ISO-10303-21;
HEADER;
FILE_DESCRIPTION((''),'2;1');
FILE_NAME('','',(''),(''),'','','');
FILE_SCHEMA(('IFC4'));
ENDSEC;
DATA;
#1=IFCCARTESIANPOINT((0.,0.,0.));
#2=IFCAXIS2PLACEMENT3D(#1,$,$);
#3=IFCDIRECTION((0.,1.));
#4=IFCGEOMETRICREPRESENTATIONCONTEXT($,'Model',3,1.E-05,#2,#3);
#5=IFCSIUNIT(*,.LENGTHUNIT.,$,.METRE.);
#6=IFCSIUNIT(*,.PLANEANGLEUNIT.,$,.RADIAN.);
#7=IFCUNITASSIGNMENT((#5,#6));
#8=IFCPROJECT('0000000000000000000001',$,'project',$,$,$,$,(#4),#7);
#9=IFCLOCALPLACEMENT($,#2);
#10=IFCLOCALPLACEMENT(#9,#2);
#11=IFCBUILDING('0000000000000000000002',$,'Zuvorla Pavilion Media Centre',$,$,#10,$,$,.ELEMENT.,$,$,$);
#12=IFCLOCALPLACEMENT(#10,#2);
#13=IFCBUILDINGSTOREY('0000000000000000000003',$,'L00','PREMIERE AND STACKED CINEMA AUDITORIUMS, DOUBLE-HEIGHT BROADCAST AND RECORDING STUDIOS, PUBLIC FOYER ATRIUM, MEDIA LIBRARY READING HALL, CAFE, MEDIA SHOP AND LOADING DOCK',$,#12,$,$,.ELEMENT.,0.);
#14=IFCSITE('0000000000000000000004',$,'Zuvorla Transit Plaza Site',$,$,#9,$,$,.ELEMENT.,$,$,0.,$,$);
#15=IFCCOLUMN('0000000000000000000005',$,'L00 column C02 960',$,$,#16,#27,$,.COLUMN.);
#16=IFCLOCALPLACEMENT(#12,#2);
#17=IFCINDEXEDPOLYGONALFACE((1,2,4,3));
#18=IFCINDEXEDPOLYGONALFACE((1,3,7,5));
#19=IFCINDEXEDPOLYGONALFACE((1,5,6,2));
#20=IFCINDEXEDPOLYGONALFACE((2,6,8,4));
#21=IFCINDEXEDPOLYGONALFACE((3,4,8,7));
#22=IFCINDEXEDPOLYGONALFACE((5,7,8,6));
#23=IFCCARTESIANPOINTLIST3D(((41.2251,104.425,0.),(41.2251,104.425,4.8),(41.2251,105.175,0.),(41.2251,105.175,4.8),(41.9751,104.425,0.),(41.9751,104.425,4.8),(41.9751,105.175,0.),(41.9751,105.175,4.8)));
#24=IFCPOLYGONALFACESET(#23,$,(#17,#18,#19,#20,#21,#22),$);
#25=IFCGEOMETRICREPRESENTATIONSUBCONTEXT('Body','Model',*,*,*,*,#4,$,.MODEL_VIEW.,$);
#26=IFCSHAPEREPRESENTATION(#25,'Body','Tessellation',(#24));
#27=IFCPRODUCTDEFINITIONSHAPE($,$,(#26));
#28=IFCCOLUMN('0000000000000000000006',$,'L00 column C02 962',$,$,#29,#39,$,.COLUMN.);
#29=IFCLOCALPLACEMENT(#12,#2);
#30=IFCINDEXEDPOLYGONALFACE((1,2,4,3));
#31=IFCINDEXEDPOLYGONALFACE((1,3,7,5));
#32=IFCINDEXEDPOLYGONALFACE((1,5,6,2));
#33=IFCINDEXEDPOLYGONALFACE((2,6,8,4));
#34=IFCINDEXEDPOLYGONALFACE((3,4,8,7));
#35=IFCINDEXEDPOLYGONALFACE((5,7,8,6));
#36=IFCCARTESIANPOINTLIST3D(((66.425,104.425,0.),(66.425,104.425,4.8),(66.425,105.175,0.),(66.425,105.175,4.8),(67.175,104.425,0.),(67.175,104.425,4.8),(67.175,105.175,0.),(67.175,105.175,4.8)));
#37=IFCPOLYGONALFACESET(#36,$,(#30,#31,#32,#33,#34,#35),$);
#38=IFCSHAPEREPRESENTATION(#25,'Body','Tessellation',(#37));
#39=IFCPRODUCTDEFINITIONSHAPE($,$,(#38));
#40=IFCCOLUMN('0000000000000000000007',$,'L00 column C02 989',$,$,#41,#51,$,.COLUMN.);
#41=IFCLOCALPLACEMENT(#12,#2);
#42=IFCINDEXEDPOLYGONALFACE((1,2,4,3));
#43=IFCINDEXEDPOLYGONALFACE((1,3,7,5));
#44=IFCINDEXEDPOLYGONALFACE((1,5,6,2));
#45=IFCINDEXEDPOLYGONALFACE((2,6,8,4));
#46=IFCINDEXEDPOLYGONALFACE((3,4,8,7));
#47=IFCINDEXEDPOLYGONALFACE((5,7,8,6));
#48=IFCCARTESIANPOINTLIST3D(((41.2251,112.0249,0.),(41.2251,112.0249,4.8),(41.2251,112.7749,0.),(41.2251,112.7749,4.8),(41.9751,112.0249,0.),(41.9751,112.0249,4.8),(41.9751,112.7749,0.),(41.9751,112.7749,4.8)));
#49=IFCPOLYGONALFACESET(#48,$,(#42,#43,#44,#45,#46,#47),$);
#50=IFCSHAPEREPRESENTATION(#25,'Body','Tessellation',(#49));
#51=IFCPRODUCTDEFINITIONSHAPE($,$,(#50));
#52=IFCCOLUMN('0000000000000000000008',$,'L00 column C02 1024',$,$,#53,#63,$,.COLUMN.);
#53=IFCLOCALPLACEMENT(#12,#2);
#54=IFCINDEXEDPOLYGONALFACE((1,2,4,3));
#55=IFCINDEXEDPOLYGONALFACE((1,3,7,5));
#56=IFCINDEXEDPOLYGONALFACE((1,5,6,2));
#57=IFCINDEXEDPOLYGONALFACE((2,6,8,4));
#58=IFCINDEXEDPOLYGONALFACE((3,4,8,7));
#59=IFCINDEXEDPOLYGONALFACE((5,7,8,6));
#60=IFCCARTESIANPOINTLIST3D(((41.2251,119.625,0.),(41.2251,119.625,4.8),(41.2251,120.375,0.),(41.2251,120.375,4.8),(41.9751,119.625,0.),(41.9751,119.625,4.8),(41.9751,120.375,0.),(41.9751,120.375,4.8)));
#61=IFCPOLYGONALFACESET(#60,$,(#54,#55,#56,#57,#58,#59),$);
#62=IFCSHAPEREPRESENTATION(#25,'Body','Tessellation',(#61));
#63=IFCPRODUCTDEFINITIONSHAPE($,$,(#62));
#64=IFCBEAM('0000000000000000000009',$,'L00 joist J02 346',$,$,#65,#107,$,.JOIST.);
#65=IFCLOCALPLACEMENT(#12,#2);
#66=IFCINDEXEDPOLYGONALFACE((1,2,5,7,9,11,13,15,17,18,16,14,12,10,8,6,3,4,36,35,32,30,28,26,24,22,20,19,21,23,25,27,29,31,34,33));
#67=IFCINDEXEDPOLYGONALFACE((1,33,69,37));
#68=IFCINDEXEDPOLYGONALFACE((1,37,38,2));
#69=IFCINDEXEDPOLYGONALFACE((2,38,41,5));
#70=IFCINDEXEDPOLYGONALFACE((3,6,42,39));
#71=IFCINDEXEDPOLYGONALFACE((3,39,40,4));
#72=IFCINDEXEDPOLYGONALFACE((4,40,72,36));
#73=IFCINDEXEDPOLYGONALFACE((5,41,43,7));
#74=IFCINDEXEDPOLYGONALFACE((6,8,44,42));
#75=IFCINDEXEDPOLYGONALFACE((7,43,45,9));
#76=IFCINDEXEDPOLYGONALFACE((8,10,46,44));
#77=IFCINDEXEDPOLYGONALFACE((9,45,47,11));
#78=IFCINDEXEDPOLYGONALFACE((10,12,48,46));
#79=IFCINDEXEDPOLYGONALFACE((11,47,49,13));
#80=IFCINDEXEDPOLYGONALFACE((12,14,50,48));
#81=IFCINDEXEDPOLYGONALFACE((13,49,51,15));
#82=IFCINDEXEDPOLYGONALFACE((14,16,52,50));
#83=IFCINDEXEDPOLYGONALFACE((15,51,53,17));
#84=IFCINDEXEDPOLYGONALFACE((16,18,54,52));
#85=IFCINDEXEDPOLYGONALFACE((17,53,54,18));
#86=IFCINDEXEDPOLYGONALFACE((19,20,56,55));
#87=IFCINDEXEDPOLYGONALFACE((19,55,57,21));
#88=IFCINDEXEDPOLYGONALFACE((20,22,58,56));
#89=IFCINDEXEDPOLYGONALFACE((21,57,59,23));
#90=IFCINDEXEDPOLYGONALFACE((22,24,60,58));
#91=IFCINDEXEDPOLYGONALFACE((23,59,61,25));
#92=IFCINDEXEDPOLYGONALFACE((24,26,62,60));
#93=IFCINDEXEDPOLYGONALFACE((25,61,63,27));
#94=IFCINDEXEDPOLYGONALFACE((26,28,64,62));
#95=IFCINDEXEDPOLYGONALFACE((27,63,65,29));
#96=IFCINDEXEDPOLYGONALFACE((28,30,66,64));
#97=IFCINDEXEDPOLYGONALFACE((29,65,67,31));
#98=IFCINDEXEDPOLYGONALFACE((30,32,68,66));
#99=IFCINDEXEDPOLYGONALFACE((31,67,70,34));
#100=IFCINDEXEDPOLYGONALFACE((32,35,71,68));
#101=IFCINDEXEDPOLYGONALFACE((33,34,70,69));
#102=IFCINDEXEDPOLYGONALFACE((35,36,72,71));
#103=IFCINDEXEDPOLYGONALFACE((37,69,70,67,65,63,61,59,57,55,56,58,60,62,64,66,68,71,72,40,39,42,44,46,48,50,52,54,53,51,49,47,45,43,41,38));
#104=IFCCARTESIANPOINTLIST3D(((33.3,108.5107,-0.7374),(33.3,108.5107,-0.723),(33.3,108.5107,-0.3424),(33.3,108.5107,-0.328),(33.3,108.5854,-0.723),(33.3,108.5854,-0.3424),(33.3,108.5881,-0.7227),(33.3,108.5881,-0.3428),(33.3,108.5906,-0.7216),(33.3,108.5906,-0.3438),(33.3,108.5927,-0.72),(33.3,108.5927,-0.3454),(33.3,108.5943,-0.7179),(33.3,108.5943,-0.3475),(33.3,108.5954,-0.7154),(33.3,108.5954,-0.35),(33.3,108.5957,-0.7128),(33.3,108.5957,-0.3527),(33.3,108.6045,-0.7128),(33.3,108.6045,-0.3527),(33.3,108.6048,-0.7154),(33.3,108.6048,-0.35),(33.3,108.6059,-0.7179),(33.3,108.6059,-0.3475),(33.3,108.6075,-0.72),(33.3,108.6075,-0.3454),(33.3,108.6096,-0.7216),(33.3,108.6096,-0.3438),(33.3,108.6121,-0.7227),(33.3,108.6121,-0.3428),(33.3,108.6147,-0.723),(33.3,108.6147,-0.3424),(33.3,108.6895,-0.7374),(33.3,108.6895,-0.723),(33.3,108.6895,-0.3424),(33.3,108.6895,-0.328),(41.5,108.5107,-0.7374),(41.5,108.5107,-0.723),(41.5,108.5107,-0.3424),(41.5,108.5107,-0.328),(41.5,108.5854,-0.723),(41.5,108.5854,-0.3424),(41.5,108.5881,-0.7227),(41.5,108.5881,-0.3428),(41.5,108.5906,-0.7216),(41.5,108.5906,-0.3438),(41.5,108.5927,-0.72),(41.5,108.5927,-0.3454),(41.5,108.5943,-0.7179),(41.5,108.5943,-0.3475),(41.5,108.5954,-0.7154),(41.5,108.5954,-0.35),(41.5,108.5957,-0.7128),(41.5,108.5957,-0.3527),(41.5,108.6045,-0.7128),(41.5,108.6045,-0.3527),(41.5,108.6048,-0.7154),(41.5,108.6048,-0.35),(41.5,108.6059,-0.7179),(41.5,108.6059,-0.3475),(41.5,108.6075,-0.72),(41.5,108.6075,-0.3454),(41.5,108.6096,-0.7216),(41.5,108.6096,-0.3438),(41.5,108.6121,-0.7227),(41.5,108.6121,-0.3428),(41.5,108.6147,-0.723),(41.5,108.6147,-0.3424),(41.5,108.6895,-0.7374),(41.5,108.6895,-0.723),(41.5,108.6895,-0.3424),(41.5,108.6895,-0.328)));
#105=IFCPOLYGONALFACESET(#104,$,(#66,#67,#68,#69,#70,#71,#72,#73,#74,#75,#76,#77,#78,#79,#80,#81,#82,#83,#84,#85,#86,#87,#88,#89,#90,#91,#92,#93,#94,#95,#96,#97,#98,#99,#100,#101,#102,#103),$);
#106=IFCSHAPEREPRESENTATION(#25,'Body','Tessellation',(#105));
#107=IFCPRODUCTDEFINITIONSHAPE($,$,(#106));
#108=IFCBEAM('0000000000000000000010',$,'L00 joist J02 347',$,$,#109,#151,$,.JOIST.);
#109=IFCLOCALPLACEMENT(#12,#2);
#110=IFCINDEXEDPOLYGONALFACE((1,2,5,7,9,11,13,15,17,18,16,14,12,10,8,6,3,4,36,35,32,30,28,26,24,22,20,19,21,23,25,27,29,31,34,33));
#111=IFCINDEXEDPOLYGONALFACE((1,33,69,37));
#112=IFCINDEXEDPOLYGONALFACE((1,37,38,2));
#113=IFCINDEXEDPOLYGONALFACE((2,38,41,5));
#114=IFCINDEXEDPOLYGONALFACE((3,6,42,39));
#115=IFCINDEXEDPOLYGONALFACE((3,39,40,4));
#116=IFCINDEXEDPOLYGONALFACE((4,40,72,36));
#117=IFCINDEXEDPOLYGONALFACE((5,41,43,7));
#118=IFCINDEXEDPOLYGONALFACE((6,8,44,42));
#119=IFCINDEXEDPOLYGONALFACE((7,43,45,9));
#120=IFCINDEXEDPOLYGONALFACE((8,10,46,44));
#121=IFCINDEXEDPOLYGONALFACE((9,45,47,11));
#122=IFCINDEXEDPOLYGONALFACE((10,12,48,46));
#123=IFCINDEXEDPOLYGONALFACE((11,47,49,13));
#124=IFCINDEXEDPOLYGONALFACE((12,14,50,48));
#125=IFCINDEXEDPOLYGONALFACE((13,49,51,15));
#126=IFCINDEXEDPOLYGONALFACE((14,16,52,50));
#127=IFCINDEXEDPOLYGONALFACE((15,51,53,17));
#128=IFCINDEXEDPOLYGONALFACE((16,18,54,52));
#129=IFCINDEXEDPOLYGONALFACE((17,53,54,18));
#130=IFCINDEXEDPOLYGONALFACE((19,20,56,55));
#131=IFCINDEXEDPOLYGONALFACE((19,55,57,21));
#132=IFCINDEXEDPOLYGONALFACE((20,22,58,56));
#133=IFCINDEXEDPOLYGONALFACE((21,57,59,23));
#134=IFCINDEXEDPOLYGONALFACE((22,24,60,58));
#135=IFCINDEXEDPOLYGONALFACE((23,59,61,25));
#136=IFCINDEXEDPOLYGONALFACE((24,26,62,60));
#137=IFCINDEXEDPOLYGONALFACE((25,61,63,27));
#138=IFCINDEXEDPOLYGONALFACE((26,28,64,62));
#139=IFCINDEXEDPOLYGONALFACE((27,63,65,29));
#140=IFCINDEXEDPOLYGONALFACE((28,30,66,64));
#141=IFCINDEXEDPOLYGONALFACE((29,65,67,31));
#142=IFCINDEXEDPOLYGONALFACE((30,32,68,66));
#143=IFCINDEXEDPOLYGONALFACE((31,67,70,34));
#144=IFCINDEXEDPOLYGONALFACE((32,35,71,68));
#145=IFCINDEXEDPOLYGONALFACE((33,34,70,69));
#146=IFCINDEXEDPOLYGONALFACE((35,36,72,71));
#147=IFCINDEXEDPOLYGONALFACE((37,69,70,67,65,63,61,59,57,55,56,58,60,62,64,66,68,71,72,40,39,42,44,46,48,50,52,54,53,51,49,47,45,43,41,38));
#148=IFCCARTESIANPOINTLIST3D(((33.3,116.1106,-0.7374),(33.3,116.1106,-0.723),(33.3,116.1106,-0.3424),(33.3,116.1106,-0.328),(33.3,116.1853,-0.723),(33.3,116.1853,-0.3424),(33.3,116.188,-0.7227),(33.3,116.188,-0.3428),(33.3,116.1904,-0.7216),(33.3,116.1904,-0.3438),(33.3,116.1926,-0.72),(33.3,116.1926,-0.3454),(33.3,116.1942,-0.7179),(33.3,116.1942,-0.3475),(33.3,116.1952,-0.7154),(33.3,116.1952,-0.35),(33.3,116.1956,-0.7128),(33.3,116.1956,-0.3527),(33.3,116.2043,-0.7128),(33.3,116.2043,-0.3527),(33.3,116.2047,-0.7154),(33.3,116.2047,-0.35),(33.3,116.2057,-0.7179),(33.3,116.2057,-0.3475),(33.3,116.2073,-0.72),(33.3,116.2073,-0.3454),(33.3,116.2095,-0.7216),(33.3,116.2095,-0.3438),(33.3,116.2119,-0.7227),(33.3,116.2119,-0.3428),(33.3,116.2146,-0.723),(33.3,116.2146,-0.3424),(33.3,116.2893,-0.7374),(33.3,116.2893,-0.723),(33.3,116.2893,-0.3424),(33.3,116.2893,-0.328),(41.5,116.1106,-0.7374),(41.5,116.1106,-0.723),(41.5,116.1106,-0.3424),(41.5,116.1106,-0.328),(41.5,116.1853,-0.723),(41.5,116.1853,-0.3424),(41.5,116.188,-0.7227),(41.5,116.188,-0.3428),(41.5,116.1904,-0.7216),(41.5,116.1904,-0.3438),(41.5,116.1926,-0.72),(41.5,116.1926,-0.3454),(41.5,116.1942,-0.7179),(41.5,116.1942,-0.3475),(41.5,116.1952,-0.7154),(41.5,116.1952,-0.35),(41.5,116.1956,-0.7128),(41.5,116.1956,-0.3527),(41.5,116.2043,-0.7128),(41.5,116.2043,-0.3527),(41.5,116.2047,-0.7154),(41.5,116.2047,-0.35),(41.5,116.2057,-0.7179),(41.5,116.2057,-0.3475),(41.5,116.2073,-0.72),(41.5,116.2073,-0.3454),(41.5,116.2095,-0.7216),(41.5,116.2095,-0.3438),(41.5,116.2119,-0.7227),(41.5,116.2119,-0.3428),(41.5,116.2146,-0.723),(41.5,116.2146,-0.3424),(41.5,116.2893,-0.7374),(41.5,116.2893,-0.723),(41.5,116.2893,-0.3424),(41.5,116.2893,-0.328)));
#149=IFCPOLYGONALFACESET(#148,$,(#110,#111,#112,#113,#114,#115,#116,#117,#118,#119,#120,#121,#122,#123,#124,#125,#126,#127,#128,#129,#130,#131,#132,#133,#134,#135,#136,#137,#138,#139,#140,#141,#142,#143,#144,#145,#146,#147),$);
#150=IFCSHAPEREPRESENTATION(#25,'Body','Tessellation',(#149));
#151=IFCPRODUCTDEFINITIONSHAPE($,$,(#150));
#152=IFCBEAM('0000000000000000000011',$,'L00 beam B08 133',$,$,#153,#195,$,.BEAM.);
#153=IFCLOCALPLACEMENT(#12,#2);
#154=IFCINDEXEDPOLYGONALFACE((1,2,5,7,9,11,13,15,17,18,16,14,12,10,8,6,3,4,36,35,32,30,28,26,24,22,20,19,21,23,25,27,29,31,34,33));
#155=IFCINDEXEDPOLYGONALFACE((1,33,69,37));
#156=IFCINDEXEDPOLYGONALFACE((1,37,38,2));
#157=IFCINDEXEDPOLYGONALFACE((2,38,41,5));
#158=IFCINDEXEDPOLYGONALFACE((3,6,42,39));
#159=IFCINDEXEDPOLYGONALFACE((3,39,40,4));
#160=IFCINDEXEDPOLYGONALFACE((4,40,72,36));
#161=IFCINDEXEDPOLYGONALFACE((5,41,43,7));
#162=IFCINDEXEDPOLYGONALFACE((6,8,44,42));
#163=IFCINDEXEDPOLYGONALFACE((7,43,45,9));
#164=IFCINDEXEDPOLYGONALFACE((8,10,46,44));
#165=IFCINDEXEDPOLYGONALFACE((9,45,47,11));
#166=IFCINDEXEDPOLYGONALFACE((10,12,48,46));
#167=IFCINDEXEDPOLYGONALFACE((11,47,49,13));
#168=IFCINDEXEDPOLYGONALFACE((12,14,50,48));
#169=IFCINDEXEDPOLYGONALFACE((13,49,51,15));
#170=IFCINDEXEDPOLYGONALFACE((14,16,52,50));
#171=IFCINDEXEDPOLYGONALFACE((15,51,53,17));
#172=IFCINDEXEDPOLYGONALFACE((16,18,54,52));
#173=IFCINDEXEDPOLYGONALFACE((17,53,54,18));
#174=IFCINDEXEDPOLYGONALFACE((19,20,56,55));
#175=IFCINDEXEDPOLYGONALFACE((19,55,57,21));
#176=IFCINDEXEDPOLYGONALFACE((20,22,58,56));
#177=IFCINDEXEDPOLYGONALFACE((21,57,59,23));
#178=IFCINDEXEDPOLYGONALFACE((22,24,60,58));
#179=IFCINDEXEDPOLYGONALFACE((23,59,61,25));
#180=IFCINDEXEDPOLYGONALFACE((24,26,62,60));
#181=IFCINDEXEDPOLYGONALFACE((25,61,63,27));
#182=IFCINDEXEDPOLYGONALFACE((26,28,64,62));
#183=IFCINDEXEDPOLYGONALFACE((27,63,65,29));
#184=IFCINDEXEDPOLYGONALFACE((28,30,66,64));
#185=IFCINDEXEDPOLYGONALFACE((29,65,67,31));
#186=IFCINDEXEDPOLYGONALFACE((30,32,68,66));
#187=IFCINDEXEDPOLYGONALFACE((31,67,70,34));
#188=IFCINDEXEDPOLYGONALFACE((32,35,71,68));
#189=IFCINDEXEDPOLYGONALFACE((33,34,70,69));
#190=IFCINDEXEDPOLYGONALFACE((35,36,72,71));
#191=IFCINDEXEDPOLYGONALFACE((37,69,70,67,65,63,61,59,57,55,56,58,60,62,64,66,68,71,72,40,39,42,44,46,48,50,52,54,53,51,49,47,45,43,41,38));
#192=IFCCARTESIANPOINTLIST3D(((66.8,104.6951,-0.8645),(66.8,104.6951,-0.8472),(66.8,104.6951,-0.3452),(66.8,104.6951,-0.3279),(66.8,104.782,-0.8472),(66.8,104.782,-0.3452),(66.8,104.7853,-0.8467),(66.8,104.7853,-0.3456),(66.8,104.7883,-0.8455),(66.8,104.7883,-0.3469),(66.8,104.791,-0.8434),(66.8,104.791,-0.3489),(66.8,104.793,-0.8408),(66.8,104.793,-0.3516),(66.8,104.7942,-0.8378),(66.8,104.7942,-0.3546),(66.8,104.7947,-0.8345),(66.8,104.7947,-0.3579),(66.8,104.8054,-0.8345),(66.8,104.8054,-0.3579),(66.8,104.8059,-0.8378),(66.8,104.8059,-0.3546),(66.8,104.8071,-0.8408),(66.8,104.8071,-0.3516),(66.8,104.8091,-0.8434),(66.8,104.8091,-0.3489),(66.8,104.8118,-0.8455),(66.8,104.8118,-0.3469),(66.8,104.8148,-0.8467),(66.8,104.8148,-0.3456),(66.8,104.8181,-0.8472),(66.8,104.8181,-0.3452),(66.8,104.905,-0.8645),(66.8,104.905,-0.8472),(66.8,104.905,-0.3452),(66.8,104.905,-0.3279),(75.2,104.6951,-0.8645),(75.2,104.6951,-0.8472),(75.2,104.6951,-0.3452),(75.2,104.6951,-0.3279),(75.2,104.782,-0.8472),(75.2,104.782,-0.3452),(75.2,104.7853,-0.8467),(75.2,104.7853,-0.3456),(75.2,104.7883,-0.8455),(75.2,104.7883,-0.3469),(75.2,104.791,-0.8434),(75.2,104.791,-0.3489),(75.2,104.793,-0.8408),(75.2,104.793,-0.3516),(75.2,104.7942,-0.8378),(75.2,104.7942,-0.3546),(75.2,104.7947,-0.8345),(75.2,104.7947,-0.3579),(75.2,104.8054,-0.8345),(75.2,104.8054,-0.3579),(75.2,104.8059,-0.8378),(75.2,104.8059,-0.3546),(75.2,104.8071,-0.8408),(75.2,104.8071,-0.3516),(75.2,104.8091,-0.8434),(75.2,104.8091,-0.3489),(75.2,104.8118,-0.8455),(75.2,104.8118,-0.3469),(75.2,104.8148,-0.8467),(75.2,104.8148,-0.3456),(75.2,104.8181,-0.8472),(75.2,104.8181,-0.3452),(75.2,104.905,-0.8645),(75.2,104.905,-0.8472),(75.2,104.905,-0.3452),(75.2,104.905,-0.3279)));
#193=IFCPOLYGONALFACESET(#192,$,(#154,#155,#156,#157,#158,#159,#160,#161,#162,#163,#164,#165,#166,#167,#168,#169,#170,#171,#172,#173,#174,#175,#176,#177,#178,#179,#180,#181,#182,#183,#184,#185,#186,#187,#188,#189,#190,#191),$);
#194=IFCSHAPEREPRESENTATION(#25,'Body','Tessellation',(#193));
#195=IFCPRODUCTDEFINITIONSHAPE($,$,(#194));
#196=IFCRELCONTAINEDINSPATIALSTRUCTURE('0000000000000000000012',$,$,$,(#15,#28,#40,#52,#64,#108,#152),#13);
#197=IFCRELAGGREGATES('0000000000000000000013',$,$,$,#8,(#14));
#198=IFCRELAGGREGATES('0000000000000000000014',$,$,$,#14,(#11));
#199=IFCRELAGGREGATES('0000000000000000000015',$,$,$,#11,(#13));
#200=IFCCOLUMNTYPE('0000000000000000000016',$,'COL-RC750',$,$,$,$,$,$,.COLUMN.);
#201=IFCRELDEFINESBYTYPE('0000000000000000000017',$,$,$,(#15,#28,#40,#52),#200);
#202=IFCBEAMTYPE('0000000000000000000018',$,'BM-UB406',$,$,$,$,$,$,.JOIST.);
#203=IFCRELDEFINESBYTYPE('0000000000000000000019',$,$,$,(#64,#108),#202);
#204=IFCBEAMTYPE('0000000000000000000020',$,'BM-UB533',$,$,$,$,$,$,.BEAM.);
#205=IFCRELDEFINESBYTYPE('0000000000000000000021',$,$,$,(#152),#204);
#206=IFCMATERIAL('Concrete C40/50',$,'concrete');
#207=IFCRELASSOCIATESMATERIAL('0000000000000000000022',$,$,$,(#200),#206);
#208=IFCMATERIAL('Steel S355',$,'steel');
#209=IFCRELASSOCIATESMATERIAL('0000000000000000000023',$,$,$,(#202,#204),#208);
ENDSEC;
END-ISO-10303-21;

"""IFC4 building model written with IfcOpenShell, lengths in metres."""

from ifc_helpers import new_model, si_unit, direction, frame, origin, origin_2d, place, context, subcontext, project, spatial, rectangle, i_section, extrude, material, material_profile, profile_set, type_object, element, save


model = new_model("IFC4")

# Units and contexts
model_context = context("Model", 3, precision=1e-05, world=origin(), true_north=direction((0.0, 1.0)))
body_context = subcontext(model_context, "Body", "Model", "MODEL_VIEW")
ifc_project = project(units=[si_unit("LENGTHUNIT", "METRE"), si_unit("PLANEANGLEUNIT", "RADIAN")], contexts=[model_context])

# Site, building, storey
site_placement = place(None, origin())
site = spatial("IfcSite", under=ifc_project, at=site_placement, Name="Zuvorla Transit Plaza Site", CompositionType="ELEMENT", RefElevation=0.0)
building_placement = place(site_placement, origin())
building = spatial("IfcBuilding", under=site, at=building_placement, Name="Zuvorla Pavilion Media Centre", CompositionType="ELEMENT")
storey_placement = place(building_placement, origin())
storey = spatial("IfcBuildingStorey", under=building, at=storey_placement, Name="L00", Description="PREMIERE AND STACKED CINEMA AUDITORIUMS, DOUBLE-HEIGHT BROADCAST AND RECORDING STUDIOS, PUBLIC FOYER ATRIUM, MEDIA LIBRARY READING HALL, CAFE, MEDIA SHOP AND LOADING DOCK", CompositionType="ELEMENT", Elevation=0.0)

# Columns
ifc_material_1 = material(Name="Concrete C40/50", Category="concrete")
ifc_material_profile_1 = material_profile(ifc_material_1, rectangle(XDim=0.75, YDim=0.75, at=origin_2d()), Name="RC 750x750")
ifc_profile_set_1 = profile_set([ifc_material_profile_1], Name="Concrete C40/50")
column_type = type_object("IfcColumnType", Name="COL-RC750", PredefinedType="COLUMN", material=ifc_profile_set_1)
for number, where, z_axis, x_axis, name in (
    (1, (41.6001, 104.8, 0.0), (0.0, 0.0, 1.0), (1.0, 0.0, 0.0), "L00 column C02 960"),
    (2, (66.8, 104.8, 0.0), (0.0, 0.0, 1.0), (1.0, 0.0, 0.0), "L00 column C02 962"),
    (3, (41.6001, 112.3999, 0.0), (0.0, 0.0, 1.0), (1.0, 0.0, 0.0), "L00 column C02 989"),
    (4, (41.6001, 120.0, 0.0), (0.0, 0.0, 1.0), (1.0, 0.0, 0.0), "L00 column C02 1024"),
):
    element("IfcColumn", number, at=place(storey_placement, frame(where, z_axis=z_axis, x_axis=x_axis)), inside=storey, type_object=column_type, Name=name, PredefinedType="COLUMN", context=body_context, shape_type="SweptSolid", body=[
        extrude(rectangle(XDim=0.75, YDim=0.75, at=origin_2d()), origin(), (0.0, 0.0, 1.0), 4.8),
    ])

# Beams
ifc_material_2 = material(Name="Steel S355", Category="steel")
ifc_material_profile_2 = material_profile(ifc_material_2, i_section(OverallWidth=0.1787, OverallDepth=0.4094, WebThickness=0.0088, FlangeThickness=0.0144, FilletRadius=0.0103, at=origin_2d()), Name="UB 406x178x67")
ifc_profile_set_2 = profile_set([ifc_material_profile_2], Name="Steel S355")
beam_type_1 = type_object("IfcBeamType", Name="BM-UB406", PredefinedType="JOIST", material=ifc_profile_set_2)
for number, where, z_axis, x_axis, name in (
    (5, (33.3, 108.6001, -0.5327), (1.0, 0.0, 0.0), (0.0, 1.0, 0.0), "L00 joist J02 346"),
    (6, (33.3, 116.2, -0.5327), (1.0, 0.0, 0.0), (0.0, 1.0, 0.0), "L00 joist J02 347"),
):
    element("IfcBeam", number, at=place(storey_placement, frame(where, z_axis=z_axis, x_axis=x_axis)), inside=storey, type_object=beam_type_1, Name=name, PredefinedType="JOIST", context=body_context, shape_type="SweptSolid", body=[
        extrude(i_section(OverallWidth=0.1787, OverallDepth=0.4094, WebThickness=0.0088, FlangeThickness=0.0144, FilletRadius=0.0103, at=origin_2d()), origin(), (0.0, 0.0, 1.0), 8.2),
    ])
ifc_material_profile_3 = material_profile(ifc_material_2, i_section(OverallWidth=0.21, OverallDepth=0.5366, WebThickness=0.0107, FlangeThickness=0.0173, FilletRadius=0.0127, at=origin_2d()), Name="UB 533x210x101")
ifc_profile_set_3 = profile_set([ifc_material_profile_3], Name="Steel S355")
beam_type_2 = type_object("IfcBeamType", Name="BM-UB533", PredefinedType="BEAM", material=ifc_profile_set_3)
beam_1_placement = place(storey_placement, frame((66.8, 104.8, -0.5962), z_axis=(1.0, 0.0, 0.0), x_axis=(0.0, 1.0, 0.0)))
element("IfcBeam", 7, at=beam_1_placement, inside=storey, type_object=beam_type_2, Name="L00 beam B08 133", PredefinedType="BEAM", context=body_context, shape_type="SweptSolid", body=[
    extrude(i_section(OverallWidth=0.21, OverallDepth=0.5366, WebThickness=0.0107, FlangeThickness=0.0173, FilletRadius=0.0127, at=origin_2d()), origin(), (0.0, 0.0, 1.0), 8.3999),
])

save(model, "model.ifc")
